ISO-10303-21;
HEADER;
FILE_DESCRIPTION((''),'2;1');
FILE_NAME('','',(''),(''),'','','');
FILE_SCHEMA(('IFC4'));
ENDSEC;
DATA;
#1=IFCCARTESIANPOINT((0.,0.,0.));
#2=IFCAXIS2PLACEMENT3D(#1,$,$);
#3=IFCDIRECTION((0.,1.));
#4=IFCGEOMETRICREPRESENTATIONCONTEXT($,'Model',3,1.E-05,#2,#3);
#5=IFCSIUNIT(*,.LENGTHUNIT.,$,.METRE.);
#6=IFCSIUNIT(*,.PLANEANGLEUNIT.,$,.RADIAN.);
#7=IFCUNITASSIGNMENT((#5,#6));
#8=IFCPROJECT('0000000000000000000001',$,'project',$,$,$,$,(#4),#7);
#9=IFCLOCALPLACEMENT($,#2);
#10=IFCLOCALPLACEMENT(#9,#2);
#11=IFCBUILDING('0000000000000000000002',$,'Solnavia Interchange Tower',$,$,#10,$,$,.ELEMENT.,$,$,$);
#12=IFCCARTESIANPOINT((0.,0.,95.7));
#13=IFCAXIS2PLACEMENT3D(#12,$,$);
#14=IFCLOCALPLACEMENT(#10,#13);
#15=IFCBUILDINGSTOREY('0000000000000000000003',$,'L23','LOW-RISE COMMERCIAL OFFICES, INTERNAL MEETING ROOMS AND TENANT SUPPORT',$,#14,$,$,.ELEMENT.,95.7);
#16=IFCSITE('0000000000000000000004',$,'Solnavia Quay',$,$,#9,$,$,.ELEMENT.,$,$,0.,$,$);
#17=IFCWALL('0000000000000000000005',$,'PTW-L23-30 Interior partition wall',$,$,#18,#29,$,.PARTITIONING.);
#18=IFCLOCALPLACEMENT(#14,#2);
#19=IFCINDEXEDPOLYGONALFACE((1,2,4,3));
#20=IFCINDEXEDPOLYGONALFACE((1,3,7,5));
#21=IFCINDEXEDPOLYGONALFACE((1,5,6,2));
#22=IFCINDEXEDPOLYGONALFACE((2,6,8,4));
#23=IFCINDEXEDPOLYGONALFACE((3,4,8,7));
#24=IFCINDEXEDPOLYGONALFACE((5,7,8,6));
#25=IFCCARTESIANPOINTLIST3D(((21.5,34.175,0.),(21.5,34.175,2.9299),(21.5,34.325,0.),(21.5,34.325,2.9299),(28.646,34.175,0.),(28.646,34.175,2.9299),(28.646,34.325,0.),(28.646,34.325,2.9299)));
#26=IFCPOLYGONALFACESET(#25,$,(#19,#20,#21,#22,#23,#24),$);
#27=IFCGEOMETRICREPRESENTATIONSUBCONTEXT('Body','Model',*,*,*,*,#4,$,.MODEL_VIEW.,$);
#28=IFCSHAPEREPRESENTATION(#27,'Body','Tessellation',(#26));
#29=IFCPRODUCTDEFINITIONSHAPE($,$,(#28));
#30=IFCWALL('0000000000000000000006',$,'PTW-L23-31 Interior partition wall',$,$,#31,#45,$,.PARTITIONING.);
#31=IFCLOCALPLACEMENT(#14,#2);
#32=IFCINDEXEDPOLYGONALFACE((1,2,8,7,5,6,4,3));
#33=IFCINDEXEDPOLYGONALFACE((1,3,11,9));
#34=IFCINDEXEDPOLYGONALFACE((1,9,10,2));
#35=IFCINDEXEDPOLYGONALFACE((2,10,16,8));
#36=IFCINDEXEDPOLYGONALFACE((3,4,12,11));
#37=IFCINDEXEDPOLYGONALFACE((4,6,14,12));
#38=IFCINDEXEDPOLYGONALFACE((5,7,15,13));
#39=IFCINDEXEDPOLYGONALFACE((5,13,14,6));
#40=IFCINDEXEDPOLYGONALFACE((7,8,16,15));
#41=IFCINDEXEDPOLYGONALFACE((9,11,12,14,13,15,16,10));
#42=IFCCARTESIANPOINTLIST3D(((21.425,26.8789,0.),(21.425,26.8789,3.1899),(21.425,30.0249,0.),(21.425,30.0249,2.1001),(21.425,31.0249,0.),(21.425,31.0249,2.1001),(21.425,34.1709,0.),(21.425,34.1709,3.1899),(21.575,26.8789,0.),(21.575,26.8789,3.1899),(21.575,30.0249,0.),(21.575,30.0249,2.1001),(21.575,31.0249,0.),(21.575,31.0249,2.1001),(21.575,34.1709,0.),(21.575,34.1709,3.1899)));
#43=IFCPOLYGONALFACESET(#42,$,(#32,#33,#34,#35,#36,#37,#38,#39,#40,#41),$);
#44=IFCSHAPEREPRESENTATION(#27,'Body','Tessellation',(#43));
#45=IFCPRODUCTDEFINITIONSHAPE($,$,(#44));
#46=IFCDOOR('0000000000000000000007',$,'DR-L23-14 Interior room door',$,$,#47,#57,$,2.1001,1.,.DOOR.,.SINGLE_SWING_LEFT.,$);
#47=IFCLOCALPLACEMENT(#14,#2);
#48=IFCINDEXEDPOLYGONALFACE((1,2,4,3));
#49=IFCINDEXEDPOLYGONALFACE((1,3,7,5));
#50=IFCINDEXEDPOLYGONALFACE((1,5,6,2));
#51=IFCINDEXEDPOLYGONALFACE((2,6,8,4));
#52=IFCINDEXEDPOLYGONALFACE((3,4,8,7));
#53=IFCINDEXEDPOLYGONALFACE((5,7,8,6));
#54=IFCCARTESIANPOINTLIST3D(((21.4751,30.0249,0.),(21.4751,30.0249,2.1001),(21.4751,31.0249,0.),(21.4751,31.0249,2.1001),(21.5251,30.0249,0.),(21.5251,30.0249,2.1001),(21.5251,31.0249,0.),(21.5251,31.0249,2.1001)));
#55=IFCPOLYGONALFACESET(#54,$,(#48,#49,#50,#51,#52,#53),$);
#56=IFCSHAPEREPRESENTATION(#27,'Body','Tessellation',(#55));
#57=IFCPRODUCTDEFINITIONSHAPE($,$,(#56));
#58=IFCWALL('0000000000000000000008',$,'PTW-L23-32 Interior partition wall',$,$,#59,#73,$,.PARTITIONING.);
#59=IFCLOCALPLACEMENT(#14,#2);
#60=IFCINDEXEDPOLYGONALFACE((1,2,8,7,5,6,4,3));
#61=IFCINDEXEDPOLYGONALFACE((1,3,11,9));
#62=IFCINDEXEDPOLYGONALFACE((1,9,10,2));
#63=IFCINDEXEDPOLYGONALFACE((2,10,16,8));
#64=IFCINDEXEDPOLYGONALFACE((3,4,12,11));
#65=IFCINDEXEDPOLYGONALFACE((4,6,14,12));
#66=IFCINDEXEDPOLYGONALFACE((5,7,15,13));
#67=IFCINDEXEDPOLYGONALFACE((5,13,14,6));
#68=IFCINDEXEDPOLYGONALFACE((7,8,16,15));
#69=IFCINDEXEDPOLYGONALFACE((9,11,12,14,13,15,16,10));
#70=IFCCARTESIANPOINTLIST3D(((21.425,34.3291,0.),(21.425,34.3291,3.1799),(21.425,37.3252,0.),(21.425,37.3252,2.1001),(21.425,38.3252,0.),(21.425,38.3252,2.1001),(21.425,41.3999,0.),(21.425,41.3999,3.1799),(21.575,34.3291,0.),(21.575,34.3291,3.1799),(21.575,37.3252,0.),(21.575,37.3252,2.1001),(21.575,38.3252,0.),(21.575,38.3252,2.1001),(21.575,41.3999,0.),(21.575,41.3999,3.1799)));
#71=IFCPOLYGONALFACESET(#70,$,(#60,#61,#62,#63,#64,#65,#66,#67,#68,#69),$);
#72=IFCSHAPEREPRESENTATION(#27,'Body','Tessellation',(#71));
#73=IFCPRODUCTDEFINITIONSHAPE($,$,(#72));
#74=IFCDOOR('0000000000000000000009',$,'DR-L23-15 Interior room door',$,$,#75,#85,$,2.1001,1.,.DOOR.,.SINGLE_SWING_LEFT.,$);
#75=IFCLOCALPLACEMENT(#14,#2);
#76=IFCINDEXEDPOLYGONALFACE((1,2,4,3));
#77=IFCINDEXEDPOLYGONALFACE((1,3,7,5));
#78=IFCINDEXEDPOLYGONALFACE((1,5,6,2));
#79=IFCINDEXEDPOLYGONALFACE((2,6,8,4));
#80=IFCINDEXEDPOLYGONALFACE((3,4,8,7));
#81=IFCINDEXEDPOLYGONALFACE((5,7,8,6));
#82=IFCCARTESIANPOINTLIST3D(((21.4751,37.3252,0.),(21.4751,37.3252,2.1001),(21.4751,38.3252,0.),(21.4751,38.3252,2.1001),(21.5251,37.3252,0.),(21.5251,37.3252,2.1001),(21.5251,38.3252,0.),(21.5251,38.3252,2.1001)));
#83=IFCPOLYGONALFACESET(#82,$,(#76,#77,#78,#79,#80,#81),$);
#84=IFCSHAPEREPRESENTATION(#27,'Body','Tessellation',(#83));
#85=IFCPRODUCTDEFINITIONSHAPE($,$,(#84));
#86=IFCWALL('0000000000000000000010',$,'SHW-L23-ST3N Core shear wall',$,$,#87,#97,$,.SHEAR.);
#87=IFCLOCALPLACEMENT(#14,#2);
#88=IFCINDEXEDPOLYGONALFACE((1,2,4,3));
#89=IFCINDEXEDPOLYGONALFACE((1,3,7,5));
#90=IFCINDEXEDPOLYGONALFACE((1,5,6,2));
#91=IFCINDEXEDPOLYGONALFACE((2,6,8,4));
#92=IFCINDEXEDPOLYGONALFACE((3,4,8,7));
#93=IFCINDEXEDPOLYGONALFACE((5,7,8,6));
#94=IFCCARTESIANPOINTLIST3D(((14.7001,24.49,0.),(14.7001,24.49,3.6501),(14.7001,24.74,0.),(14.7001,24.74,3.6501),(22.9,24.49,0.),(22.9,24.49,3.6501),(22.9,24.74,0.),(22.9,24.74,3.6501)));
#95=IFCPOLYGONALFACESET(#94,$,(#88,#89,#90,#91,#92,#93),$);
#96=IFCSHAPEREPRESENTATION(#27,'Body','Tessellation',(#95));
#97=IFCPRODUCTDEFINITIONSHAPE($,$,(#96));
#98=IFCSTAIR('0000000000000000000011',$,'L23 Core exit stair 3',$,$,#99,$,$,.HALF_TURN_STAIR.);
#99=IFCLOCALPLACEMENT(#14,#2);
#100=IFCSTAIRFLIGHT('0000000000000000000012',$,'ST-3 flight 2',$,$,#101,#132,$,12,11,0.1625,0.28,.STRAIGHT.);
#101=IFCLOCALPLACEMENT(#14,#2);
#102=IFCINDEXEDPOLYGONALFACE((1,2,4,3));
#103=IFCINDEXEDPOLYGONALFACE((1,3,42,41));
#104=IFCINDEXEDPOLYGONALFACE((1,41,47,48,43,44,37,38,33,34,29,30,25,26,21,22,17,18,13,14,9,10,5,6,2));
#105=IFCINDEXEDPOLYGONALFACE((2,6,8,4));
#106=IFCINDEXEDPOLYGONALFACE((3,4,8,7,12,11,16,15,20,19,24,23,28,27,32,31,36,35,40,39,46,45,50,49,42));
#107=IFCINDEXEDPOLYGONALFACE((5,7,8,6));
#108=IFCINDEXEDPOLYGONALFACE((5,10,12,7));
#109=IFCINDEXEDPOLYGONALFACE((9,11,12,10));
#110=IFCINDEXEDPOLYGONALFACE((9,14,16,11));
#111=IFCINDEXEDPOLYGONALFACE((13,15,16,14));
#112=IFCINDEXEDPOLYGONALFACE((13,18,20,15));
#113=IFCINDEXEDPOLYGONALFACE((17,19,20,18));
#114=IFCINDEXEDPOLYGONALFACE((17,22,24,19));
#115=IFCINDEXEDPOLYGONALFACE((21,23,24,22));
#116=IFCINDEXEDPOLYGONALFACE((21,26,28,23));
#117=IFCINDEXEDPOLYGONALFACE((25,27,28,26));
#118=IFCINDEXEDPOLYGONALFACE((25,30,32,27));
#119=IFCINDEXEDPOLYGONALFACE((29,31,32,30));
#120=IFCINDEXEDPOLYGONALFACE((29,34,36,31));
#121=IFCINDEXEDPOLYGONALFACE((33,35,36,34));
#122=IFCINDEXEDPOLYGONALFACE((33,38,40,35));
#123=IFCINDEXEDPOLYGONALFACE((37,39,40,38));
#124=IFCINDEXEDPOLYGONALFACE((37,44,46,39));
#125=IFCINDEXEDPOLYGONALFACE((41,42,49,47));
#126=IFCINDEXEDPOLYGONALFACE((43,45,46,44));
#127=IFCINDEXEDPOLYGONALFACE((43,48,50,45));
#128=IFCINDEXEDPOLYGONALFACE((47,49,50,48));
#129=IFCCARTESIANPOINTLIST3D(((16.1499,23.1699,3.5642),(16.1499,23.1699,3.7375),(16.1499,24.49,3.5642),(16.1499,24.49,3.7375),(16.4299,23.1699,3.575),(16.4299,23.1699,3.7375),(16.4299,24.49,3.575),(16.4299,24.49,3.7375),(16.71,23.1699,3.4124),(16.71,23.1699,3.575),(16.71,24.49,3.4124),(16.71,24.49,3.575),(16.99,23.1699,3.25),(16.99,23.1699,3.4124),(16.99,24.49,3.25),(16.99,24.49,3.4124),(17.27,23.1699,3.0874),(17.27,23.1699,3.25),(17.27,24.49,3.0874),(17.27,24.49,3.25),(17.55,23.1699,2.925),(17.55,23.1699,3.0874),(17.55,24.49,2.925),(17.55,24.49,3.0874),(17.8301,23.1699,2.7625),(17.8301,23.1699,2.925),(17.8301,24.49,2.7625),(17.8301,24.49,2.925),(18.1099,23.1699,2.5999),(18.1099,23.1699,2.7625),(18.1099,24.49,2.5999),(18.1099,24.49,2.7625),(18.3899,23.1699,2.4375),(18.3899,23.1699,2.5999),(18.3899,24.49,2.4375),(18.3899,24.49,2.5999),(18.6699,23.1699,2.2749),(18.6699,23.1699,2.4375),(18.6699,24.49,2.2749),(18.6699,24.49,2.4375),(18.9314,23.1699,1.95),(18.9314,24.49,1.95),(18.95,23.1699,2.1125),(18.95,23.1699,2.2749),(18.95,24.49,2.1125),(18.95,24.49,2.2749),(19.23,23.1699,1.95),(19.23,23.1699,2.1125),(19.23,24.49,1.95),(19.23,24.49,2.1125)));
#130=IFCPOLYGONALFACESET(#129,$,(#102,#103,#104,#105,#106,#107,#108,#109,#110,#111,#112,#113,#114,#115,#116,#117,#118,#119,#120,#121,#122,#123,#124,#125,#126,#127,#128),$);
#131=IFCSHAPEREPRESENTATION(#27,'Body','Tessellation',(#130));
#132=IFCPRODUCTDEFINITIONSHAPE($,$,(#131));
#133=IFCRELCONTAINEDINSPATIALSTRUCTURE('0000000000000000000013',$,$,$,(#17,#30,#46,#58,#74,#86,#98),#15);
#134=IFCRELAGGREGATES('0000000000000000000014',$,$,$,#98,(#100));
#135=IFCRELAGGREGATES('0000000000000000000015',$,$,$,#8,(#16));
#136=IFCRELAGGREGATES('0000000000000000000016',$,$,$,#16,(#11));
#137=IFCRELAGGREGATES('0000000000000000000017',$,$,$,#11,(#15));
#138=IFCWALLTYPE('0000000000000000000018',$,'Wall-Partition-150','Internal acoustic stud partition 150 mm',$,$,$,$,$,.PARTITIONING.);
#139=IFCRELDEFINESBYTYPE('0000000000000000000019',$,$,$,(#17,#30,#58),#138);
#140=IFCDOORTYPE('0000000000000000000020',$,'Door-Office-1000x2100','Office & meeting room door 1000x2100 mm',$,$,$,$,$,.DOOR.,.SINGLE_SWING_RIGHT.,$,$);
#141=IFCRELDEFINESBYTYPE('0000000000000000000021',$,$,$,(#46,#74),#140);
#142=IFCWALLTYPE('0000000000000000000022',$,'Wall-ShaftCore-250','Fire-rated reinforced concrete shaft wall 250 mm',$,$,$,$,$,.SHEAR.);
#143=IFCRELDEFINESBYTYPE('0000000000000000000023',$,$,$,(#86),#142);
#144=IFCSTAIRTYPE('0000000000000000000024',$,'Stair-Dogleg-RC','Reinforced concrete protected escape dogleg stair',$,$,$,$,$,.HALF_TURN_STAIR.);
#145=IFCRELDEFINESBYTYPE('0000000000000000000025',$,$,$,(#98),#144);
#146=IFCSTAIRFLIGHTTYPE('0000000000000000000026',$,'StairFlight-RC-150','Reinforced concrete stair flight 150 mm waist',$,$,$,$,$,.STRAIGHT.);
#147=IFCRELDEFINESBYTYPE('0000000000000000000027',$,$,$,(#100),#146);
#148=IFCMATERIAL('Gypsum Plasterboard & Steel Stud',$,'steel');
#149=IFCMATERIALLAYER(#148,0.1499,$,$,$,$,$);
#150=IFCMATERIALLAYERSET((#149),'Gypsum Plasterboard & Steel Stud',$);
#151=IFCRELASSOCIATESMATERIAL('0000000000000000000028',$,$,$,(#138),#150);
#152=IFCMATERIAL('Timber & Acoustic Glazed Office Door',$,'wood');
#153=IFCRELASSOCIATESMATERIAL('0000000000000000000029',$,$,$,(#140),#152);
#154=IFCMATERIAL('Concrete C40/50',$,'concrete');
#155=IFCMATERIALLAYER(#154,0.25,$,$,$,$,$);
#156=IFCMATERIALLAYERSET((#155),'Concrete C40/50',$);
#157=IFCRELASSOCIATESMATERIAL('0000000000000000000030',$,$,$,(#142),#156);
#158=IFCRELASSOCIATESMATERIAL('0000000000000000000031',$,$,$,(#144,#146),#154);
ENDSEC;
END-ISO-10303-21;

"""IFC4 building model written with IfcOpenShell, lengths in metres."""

from ifc_helpers import new_model, si_unit, direction, frame, frame_2d, origin, place, context, subcontext, project, spatial, polyline, rectangle, outline, extrude, material, layer, layer_set, type_object, element, fill, aggregate, save


model = new_model("IFC4")

# Units and contexts
model_context = context("Model", 3, precision=1e-05, world=origin(), true_north=direction((0.0, 1.0)))
body_context = subcontext(model_context, "Body", "Model", "MODEL_VIEW")
ifc_project = project(units=[si_unit("LENGTHUNIT", "METRE"), si_unit("PLANEANGLEUNIT", "RADIAN")], contexts=[model_context])

# Site, building, storey
site_placement = place(None, origin())
site = spatial("IfcSite", under=ifc_project, at=site_placement, Name="Solnavia Quay", CompositionType="ELEMENT", RefElevation=0.0)
building_placement = place(site_placement, origin())
building = spatial("IfcBuilding", under=site, at=building_placement, Name="Solnavia Interchange Tower", CompositionType="ELEMENT")
storey_placement = place(building_placement, frame((0.0, 0.0, 95.7)))
storey = spatial("IfcBuildingStorey", under=building, at=storey_placement, Name="L23", Description="LOW-RISE COMMERCIAL OFFICES, INTERNAL MEETING ROOMS AND TENANT SUPPORT", CompositionType="ELEMENT", Elevation=95.7)

# Shared definitions
ifc_material_1 = material(Name="Gypsum Plasterboard & Steel Stud", Category="steel")
ifc_layer_1 = layer(ifc_material_1, 0.1499)
ifc_layer_set_1 = layer_set([ifc_layer_1], Name="Gypsum Plasterboard & Steel Stud")
wall_type_1 = type_object("IfcWallType", Name="Wall-Partition-150", Description="Internal acoustic stud partition 150 mm", PredefinedType="PARTITIONING", material=ifc_layer_set_1)
ifc_material_2 = material(Name="Timber & Acoustic Glazed Office Door", Category="wood")
door_type = type_object("IfcDoorType", Name="Door-Office-1000x2100", Description="Office & meeting room door 1000x2100 mm", OperationType="SINGLE_SWING_RIGHT", PredefinedType="DOOR", material=ifc_material_2)

# Wall
wall_1_placement = place(storey_placement, frame((21.5, 34.25, 0.0), z_axis=(0.0, 0.0, 1.0), x_axis=(1.0, 0.0, 0.0)))
element("IfcWall", 1, at=wall_1_placement, inside=storey, type_object=wall_type_1, Name="PTW-L23-30 Interior partition wall", PredefinedType="PARTITIONING", context=body_context, shape_type="SweptSolid", body=[
    extrude(rectangle(XDim=7.146, YDim=0.1499, at=frame_2d((3.573, 0.0))), origin(), (0.0, 0.0, 1.0), 2.9299),
])

# Walls, openings, doors
wall_2_placement = place(storey_placement, frame((21.5, 26.8789, 0.0), z_axis=(0.0, 0.0, 1.0), x_axis=(0.0, 1.0, 0.0)))
wall_2 = element("IfcWall", 2, at=wall_2_placement, inside=storey, type_object=wall_type_1, Name="PTW-L23-31 Interior partition wall", PredefinedType="PARTITIONING", context=body_context, shape_type="SweptSolid", body=[
    extrude(rectangle(XDim=7.292, YDim=0.1499, at=frame_2d((3.646, 0.0))), origin(), (0.0, 0.0, 1.0), 3.1899),
])
opening_1_placement = place(wall_2_placement, frame((3.146, 0.0, 0.0)))
opening_1 = element("IfcOpeningElement", 3, at=opening_1_placement, cuts=wall_2, PredefinedType="OPENING", context=body_context, shape_type="SweptSolid", body=[
    extrude(rectangle(XDim=1.0, YDim=2.1001, at=frame_2d((0.5, 1.05))), frame((0.0, 0.085, 0.0), z_axis=(0.0, -1.0, 0.0), x_axis=(1.0, 0.0, 0.0)), (0.0, 0.0, 1.0), 0.1699),
])
door_1_placement = place(opening_1_placement, origin())
door_1 = element("IfcDoor", 4, at=door_1_placement, inside=storey, type_object=door_type, Name="DR-L23-14 Interior room door", OperationType="SINGLE_SWING_LEFT", OverallHeight=2.1001, OverallWidth=1.0, PredefinedType="DOOR", context=body_context, shape_type="SweptSolid", body=[
    extrude(rectangle(XDim=1.0, YDim=2.1001, at=frame_2d((0.5, 1.05))), frame((0.0, 0.0249, 0.0), z_axis=(0.0, -1.0, 0.0), x_axis=(1.0, 0.0, 0.0)), (0.0, 0.0, 1.0), 0.05),
])
fill(opening_1, door_1)
wall_3_placement = place(storey_placement, frame((21.5, 34.3291, 0.0), z_axis=(0.0, 0.0, 1.0), x_axis=(0.0, 1.0, 0.0)))
wall_3 = element("IfcWall", 5, at=wall_3_placement, inside=storey, type_object=wall_type_1, Name="PTW-L23-32 Interior partition wall", PredefinedType="PARTITIONING", context=body_context, shape_type="SweptSolid", body=[
    extrude(rectangle(XDim=7.0708, YDim=0.1499, at=frame_2d((3.5354, 0.0))), origin(), (0.0, 0.0, 1.0), 3.1799),
])
opening_2_placement = place(wall_3_placement, frame((2.9961, 0.0, 0.0)))
opening_2 = element("IfcOpeningElement", 6, at=opening_2_placement, cuts=wall_3, PredefinedType="OPENING", context=body_context, shape_type="SweptSolid", body=[
    extrude(rectangle(XDim=1.0, YDim=2.1001, at=frame_2d((0.5, 1.05))), frame((0.0, 0.085, 0.0), z_axis=(0.0, -1.0, 0.0), x_axis=(1.0, 0.0, 0.0)), (0.0, 0.0, 1.0), 0.1699),
])
door_2_placement = place(opening_2_placement, origin())
door_2 = element("IfcDoor", 7, at=door_2_placement, inside=storey, type_object=door_type, Name="DR-L23-15 Interior room door", OperationType="SINGLE_SWING_LEFT", OverallHeight=2.1001, OverallWidth=1.0, PredefinedType="DOOR", context=body_context, shape_type="SweptSolid", body=[
    extrude(rectangle(XDim=1.0, YDim=2.1001, at=frame_2d((0.5, 1.05))), frame((0.0, 0.0249, 0.0), z_axis=(0.0, -1.0, 0.0), x_axis=(1.0, 0.0, 0.0)), (0.0, 0.0, 1.0), 0.05),
])
fill(opening_2, door_2)

# Wall
ifc_material_3 = material(Name="Concrete C40/50", Category="concrete")
ifc_layer_2 = layer(ifc_material_3, 0.25)
ifc_layer_set_2 = layer_set([ifc_layer_2], Name="Concrete C40/50")
wall_type_2 = type_object("IfcWallType", Name="Wall-ShaftCore-250", Description="Fire-rated reinforced concrete shaft wall 250 mm", PredefinedType="SHEAR", material=ifc_layer_set_2)
wall_4_placement = place(storey_placement, frame((14.7, 24.615, 0.0), z_axis=(0.0, 0.0, 1.0), x_axis=(1.0, 0.0, 0.0)))
element("IfcWall", 8, at=wall_4_placement, inside=storey, type_object=wall_type_2, Name="SHW-L23-ST3N Core shear wall", PredefinedType="SHEAR", context=body_context, shape_type="SweptSolid", body=[
    extrude(rectangle(XDim=8.2, YDim=0.25, at=frame_2d((4.1001, 0.0))), origin(), (0.0, 0.0, 1.0), 3.6501),
])

# Stair, stair flight
stair_type = type_object("IfcStairType", Name="Stair-Dogleg-RC", Description="Reinforced concrete protected escape dogleg stair", PredefinedType="HALF_TURN_STAIR", material=ifc_material_3)
stair_placement = place(storey_placement, origin())
stair = element("IfcStair", 9, at=stair_placement, inside=storey, type_object=stair_type, Name="L23 Core exit stair 3", PredefinedType="HALF_TURN_STAIR")
stair_flight_type = type_object("IfcStairFlightType", Name="StairFlight-RC-150", Description="Reinforced concrete stair flight 150 mm waist", PredefinedType="STRAIGHT", material=ifc_material_3)
stair_flight_placement = place(storey_placement, frame((19.23, 23.8301, 1.95), z_axis=(0.0, 0.0, 1.0), x_axis=(-1.0, 0.0, 0.0)))
stair_flight = element("IfcStairFlight", 10, at=stair_flight_placement, type_object=stair_flight_type, Name="ST-3 flight 2", NumberOfRisers=12, NumberOfTreads=11, PredefinedType="STRAIGHT", RiserHeight=0.1625, TreadLength=0.28, context=body_context, shape_type="SweptSolid", body=[
    extrude(outline(polyline([(0.0, 0.0), (0.0, 0.1626), (0.28, 0.1626), (0.28, 0.325), (0.5601, 0.325), (0.5601, 0.4875), (0.8401, 0.4875), (0.8401, 0.6499), (1.1201, 0.6499), (1.1201, 0.8125), (1.3999, 0.8125), (1.3999, 0.9751), (1.6799, 0.9751), (1.6799, 1.1375), (1.96, 1.1375), (1.96, 1.3), (2.24, 1.3), (2.24, 1.4624), (2.52, 1.4624), (2.52, 1.625), (2.8, 1.625), (2.8, 1.7876), (3.0801, 1.7876), (3.0801, 1.95), (3.0801, 1.6143), (0.2986, 0.0), (0.0, 0.0)])), frame((0.0, 0.6602, 0.0), z_axis=(0.0, -1.0, 0.0), x_axis=(1.0, 0.0, 0.0)), (0.0, 0.0, 1.0), 1.3201),
])
aggregate(stair, [stair_flight])

save(model, "model.ifc")
